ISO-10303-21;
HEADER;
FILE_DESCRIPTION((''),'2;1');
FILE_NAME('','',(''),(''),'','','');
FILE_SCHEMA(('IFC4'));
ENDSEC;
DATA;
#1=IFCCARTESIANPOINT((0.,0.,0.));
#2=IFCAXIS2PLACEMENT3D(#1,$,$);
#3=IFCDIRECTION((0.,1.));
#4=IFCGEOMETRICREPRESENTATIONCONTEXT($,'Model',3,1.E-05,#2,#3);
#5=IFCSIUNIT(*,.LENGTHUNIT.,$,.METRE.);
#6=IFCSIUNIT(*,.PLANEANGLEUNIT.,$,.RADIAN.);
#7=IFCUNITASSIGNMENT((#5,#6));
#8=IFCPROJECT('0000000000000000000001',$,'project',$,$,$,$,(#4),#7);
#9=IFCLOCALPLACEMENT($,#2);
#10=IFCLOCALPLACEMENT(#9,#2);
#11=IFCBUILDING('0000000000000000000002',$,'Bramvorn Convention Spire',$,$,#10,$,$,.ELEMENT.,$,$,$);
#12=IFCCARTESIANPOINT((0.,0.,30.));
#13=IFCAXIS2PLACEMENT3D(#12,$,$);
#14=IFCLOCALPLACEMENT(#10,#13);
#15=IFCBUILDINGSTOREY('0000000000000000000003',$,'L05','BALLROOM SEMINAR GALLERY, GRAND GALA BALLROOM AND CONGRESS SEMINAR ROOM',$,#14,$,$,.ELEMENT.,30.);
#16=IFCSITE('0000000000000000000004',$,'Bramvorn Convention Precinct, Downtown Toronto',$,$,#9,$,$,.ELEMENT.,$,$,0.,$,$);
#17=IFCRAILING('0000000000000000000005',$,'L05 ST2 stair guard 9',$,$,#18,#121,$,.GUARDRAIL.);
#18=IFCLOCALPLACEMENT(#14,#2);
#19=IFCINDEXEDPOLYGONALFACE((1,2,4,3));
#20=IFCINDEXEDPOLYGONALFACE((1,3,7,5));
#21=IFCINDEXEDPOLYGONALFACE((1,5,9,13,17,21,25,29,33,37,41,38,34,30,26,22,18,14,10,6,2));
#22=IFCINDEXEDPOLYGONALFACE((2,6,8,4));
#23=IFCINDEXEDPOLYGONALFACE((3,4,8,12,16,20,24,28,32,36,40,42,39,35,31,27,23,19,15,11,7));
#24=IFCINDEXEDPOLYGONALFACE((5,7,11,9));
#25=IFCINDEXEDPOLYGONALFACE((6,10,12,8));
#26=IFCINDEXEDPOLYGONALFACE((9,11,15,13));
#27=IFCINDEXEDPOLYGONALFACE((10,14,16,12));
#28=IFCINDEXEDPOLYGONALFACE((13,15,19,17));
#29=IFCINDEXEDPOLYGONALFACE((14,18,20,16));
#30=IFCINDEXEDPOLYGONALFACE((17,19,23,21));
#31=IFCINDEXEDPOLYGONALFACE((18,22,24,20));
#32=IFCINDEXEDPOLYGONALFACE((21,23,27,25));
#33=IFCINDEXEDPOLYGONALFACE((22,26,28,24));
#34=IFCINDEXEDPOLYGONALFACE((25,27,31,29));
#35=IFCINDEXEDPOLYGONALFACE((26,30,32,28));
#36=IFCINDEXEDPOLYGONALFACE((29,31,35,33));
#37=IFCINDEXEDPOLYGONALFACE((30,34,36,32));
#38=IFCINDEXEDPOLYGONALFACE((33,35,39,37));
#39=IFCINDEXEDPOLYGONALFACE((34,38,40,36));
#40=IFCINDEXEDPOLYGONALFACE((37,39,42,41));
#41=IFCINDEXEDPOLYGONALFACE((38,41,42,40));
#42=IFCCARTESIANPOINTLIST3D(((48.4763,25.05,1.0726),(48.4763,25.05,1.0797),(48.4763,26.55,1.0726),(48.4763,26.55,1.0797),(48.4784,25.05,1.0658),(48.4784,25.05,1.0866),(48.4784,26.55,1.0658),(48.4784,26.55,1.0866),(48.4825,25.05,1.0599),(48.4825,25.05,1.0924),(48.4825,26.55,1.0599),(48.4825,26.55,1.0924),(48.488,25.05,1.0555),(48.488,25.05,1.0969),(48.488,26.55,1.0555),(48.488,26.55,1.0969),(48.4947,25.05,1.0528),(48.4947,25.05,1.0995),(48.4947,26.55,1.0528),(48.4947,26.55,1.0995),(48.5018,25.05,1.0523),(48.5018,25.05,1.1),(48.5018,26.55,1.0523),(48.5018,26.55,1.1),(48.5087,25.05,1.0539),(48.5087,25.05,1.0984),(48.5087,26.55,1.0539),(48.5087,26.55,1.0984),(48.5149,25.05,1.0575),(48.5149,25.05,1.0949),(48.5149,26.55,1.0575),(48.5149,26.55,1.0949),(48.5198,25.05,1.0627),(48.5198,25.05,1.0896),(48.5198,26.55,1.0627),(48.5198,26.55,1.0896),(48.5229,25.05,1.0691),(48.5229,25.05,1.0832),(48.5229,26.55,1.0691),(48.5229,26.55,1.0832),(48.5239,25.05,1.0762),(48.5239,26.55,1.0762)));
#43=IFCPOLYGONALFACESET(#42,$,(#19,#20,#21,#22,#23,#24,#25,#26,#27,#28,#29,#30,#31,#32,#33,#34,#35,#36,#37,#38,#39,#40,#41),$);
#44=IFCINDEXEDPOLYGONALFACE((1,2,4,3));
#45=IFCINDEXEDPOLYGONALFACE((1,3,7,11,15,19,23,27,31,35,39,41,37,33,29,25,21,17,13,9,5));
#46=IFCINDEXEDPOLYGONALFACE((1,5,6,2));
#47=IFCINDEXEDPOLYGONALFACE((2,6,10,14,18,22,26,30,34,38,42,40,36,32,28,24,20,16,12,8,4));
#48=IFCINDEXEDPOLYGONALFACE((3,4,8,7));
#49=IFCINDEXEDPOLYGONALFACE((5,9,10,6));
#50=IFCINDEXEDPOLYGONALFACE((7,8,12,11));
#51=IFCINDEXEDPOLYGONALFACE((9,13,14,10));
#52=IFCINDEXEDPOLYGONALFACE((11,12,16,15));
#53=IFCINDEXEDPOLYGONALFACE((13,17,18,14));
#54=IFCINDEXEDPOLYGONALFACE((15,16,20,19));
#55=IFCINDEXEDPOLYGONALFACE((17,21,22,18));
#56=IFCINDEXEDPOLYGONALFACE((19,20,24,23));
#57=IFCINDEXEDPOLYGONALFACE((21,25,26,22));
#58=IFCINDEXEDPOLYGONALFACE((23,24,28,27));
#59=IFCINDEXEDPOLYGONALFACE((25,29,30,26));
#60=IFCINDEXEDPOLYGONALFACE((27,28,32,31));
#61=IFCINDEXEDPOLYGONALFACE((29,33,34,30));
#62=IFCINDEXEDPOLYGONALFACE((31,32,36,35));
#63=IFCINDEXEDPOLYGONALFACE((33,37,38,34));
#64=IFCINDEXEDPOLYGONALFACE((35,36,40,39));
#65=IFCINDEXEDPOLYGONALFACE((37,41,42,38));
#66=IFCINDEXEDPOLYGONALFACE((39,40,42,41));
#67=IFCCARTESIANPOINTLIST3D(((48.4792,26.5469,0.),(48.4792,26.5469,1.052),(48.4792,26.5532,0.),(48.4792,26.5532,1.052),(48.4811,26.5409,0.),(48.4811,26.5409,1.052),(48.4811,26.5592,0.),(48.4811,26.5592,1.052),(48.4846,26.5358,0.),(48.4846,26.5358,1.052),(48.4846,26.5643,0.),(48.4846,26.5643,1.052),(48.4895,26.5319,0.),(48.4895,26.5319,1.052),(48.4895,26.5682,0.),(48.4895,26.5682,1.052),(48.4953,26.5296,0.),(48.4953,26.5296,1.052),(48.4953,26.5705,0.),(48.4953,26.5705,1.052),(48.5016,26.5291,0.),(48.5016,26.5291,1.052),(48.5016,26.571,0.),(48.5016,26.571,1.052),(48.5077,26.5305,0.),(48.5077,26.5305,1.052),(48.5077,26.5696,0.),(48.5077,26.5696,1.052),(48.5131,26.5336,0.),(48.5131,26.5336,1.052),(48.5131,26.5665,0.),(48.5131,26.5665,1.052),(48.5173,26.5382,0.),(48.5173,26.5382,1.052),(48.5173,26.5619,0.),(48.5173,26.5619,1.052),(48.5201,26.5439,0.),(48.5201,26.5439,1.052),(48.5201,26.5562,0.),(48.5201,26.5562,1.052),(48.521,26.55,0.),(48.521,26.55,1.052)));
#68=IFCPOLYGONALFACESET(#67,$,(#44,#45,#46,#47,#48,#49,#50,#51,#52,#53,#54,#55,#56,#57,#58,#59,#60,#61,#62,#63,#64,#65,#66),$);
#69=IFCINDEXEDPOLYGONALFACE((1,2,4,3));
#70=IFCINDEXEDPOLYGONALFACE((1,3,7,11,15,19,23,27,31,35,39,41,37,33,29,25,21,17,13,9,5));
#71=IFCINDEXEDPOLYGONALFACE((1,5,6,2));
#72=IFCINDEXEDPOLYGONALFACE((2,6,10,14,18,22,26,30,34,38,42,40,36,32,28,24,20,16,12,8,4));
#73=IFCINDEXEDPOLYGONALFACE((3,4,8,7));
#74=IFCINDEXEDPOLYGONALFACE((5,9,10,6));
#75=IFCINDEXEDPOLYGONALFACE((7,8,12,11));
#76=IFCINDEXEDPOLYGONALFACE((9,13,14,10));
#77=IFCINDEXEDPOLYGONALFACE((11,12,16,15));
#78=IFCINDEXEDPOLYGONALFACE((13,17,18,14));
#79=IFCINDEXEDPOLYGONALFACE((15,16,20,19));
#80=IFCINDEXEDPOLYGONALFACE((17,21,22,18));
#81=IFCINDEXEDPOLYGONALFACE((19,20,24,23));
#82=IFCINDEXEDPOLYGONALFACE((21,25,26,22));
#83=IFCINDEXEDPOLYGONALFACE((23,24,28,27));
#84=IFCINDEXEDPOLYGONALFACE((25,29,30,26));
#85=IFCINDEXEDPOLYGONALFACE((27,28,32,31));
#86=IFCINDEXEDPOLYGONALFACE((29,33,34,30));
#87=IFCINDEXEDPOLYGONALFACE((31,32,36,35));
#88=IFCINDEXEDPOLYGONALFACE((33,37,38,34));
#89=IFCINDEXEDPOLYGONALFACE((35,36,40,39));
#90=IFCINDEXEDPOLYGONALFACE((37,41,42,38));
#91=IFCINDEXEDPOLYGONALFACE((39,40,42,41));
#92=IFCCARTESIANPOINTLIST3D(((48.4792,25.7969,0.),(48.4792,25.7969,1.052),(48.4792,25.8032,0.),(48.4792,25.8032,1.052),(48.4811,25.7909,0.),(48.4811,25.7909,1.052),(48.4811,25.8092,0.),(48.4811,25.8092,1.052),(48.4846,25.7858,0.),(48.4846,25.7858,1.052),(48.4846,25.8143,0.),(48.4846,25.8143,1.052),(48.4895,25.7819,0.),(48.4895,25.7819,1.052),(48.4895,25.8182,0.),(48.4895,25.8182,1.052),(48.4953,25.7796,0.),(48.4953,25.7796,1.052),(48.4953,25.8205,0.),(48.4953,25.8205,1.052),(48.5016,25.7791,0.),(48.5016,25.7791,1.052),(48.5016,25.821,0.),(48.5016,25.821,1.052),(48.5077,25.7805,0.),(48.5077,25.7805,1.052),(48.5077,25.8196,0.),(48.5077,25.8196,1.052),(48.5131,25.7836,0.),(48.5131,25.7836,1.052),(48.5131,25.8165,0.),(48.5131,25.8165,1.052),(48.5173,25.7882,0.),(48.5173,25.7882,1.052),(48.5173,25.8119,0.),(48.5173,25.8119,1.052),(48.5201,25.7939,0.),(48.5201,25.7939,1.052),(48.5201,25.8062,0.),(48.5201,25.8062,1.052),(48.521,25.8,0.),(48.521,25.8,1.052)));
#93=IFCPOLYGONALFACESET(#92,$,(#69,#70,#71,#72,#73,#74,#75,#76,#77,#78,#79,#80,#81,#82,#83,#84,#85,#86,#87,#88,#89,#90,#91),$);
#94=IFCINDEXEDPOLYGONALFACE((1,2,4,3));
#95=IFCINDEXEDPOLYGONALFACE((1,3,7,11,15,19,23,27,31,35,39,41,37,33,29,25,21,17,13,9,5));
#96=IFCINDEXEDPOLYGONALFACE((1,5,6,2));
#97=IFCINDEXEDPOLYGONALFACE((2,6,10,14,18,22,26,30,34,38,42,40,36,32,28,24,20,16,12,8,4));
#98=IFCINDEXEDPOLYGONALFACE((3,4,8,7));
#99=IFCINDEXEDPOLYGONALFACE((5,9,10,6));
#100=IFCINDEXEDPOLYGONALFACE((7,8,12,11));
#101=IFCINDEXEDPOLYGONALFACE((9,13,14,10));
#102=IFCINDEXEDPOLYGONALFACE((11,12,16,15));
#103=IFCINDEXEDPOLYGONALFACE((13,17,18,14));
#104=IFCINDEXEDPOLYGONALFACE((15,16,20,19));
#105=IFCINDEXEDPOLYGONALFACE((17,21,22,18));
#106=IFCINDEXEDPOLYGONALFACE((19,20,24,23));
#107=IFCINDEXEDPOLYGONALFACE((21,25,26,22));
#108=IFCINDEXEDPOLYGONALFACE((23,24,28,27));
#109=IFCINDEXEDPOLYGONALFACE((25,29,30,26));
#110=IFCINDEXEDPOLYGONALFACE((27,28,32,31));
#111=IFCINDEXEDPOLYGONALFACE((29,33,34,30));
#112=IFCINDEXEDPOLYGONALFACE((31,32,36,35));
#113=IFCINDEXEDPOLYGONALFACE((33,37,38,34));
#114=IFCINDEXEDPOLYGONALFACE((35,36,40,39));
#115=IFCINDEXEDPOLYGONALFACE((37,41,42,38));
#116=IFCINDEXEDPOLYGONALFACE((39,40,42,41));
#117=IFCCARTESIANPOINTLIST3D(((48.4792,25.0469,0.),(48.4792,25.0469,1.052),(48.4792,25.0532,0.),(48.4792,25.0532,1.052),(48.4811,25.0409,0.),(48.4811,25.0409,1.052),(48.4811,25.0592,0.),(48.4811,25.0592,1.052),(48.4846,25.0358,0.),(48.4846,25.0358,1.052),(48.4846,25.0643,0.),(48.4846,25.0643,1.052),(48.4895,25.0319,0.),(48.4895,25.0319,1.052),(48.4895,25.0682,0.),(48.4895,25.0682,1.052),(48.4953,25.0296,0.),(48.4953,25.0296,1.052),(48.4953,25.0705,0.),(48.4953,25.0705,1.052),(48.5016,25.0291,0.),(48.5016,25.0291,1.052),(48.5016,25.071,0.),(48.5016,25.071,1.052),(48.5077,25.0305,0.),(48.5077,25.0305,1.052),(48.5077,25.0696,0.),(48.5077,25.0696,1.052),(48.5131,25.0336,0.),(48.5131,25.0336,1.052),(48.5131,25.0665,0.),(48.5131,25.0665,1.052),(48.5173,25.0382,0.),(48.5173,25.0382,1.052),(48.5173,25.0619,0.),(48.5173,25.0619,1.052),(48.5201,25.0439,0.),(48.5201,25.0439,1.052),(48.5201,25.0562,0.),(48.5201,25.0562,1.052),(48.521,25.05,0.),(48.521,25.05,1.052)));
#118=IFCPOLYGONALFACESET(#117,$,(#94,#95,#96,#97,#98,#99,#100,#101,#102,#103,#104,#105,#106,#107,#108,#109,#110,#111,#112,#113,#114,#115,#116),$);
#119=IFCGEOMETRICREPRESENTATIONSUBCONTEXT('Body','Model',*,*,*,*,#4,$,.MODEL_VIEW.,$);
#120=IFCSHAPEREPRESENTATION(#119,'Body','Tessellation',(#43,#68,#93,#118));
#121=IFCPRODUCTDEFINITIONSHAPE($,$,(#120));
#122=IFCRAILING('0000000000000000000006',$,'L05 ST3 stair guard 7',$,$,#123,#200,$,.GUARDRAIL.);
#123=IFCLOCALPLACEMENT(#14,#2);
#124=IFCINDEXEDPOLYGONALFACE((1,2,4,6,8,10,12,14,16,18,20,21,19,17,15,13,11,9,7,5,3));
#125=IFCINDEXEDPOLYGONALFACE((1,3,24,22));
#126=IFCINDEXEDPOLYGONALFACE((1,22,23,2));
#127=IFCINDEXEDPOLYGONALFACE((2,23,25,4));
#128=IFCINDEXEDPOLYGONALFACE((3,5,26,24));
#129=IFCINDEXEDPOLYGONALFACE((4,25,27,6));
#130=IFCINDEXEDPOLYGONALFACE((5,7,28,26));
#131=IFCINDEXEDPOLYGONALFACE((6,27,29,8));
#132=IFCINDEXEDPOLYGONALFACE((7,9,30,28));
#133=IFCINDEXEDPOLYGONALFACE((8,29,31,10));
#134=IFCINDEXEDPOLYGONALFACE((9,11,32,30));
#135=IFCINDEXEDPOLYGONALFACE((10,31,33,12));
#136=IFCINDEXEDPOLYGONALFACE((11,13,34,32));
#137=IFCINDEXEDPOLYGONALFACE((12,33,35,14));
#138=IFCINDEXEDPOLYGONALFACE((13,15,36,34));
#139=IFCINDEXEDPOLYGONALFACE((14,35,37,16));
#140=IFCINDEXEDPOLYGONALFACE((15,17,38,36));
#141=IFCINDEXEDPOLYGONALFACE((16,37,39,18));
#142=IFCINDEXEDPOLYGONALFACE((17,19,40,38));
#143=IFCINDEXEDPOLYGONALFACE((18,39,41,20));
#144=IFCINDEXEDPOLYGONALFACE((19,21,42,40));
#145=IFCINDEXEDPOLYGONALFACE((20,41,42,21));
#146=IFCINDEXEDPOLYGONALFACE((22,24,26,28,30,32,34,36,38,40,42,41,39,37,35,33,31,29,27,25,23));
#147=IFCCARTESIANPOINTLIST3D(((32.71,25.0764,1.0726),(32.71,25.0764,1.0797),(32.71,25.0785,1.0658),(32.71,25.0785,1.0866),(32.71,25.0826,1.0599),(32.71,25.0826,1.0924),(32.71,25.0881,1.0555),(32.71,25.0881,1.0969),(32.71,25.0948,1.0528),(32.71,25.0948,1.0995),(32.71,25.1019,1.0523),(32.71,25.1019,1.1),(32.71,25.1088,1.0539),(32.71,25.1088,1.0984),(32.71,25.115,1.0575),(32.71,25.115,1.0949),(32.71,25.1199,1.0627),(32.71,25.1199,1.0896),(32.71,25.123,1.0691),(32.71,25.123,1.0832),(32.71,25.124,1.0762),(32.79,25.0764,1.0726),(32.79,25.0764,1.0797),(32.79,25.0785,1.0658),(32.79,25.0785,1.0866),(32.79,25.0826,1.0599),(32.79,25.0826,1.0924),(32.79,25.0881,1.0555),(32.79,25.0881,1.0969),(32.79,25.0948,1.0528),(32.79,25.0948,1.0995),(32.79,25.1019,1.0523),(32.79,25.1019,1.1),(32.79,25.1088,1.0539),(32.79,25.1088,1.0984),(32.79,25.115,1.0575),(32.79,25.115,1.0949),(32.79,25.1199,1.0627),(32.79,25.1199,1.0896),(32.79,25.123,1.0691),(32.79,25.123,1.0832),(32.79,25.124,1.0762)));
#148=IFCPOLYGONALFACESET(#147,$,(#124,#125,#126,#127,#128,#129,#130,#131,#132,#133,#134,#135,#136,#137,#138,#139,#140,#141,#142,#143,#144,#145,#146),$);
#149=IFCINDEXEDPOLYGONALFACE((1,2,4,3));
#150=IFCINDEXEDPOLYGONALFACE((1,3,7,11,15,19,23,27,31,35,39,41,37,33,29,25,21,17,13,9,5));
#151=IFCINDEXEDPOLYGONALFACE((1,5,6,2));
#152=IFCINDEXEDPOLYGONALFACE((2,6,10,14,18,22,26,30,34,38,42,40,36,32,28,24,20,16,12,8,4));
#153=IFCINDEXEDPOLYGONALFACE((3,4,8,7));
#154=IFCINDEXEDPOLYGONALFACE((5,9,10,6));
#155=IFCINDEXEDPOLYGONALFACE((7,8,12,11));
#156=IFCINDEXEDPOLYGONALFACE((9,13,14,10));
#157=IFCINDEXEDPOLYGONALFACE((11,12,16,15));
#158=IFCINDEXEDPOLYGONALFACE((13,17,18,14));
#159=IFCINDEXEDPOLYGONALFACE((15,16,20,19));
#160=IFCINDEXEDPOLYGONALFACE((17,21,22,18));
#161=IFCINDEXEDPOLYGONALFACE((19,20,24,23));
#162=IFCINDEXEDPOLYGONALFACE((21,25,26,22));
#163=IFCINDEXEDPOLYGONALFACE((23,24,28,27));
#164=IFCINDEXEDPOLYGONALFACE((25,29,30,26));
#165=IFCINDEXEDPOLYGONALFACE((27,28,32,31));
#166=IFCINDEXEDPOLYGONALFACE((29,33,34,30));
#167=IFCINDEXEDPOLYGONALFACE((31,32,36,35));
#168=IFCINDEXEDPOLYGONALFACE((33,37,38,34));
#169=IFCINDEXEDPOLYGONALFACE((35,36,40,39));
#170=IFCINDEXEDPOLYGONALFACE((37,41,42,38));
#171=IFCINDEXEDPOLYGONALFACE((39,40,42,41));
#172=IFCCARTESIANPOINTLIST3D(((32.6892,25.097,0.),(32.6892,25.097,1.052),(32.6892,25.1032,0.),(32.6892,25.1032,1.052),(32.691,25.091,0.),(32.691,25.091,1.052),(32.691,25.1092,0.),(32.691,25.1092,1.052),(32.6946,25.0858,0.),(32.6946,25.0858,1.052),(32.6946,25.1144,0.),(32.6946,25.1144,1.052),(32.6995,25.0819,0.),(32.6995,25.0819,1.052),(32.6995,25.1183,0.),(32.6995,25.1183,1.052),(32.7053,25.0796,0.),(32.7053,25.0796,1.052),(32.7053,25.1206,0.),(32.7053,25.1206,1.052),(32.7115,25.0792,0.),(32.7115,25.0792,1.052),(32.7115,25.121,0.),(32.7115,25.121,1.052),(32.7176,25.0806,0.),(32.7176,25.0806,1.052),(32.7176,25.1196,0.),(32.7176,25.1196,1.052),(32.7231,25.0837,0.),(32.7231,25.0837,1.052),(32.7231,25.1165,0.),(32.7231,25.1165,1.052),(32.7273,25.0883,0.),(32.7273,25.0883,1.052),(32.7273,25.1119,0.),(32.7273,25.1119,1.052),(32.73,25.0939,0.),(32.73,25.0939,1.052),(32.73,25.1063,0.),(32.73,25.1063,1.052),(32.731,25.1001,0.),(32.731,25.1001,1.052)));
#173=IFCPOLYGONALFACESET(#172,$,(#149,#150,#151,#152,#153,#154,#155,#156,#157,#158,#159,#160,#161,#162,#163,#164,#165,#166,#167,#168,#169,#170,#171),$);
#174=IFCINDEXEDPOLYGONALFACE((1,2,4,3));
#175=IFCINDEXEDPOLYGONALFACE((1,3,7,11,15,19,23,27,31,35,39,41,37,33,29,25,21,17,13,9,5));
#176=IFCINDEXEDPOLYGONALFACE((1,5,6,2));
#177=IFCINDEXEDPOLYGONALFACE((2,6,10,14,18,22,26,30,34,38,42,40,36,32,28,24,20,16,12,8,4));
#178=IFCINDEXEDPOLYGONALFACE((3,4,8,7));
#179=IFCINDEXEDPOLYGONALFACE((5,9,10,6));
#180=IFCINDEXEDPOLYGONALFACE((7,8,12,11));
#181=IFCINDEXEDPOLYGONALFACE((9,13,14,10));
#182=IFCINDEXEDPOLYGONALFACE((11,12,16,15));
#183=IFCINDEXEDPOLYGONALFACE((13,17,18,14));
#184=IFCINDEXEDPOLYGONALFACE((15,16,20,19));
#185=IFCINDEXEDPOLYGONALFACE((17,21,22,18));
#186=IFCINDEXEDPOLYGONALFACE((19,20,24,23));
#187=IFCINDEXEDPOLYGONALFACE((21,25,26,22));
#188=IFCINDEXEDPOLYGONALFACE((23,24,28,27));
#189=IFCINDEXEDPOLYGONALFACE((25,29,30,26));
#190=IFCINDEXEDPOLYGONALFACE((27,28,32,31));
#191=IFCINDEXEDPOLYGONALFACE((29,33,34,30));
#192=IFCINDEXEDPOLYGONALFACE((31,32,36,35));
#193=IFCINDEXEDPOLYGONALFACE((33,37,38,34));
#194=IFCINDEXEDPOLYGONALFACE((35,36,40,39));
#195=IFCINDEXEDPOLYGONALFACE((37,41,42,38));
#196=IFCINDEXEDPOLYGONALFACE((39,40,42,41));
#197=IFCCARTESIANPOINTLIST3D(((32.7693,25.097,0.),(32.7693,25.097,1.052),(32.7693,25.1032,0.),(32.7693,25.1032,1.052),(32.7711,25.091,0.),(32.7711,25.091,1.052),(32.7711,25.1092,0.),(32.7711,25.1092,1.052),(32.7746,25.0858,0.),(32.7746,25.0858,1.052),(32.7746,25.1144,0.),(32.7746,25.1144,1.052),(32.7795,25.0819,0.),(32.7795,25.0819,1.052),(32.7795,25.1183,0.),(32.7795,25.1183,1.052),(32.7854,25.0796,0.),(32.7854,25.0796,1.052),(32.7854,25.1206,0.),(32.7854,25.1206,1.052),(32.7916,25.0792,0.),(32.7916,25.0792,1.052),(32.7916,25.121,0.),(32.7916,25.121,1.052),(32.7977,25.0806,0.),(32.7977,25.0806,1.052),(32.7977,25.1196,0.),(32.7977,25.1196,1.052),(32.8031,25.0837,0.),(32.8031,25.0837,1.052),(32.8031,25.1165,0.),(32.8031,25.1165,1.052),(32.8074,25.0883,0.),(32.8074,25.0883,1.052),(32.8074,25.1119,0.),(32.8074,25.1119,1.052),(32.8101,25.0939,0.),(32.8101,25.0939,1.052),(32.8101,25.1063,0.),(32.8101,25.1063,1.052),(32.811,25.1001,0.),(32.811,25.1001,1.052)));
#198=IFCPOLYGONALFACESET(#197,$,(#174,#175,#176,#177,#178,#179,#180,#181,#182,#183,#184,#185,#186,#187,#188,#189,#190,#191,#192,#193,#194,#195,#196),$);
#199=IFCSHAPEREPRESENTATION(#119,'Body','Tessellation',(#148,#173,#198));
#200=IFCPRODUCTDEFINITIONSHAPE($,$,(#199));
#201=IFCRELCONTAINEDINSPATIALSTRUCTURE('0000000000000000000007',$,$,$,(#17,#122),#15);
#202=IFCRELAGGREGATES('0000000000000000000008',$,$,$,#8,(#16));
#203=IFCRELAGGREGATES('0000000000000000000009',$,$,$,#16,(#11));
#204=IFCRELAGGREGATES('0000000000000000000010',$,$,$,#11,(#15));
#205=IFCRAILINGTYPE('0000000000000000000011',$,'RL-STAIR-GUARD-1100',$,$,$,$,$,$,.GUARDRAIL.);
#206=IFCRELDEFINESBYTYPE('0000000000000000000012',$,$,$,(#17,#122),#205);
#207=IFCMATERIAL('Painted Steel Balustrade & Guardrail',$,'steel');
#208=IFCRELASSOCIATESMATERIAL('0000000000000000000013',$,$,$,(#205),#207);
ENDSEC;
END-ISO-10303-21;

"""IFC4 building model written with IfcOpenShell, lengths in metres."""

from ifc_helpers import new_model, si_unit, direction, frame, origin, origin_2d, place, context, subcontext, project, spatial, circle, extrude, material, type_object, element, save


model = new_model("IFC4")

# Units and contexts
model_context = context("Model", 3, precision=1e-05, world=origin(), true_north=direction((0.0, 1.0)))
body_context = subcontext(model_context, "Body", "Model", "MODEL_VIEW")
ifc_project = project(units=[si_unit("LENGTHUNIT", "METRE"), si_unit("PLANEANGLEUNIT", "RADIAN")], contexts=[model_context])

# Site, building, storey
site_placement = place(None, origin())
site = spatial("IfcSite", under=ifc_project, at=site_placement, Name="Bramvorn Convention Precinct, Downtown Toronto", CompositionType="ELEMENT", RefElevation=0.0)
building_placement = place(site_placement, origin())
building = spatial("IfcBuilding", under=site, at=building_placement, Name="Bramvorn Convention Spire", CompositionType="ELEMENT")
storey_placement = place(building_placement, frame((0.0, 0.0, 30.0)))
storey = spatial("IfcBuildingStorey", under=building, at=storey_placement, Name="L05", Description="BALLROOM SEMINAR GALLERY, GRAND GALA BALLROOM AND CONGRESS SEMINAR ROOM", CompositionType="ELEMENT", Elevation=30.0)

# Railings
ifc_material_1 = material(Name="Painted Steel Balustrade & Guardrail", Category="steel")
railing_type_1 = type_object("IfcRailingType", Name="RL-STAIR-GUARD-1100", PredefinedType="GUARDRAIL", material=ifc_material_1)
for number, where, name in (
    (1, (48.5, 26.55, 0.0), "L05 ST2 stair guard 9"),
):
    element("IfcRailing", number, at=place(storey_placement, frame(where)), inside=storey, type_object=railing_type_1, Name=name, PredefinedType="GUARDRAIL", context=body_context, shape_type="SweptSolid", body=[
        extrude(circle(Radius=0.0239, at=origin_2d()), frame((0.0, 0.0, 1.0762), z_axis=(0.0, -1.0, 0.0), x_axis=(1.0, 0.0, 0.0)), (0.0, 0.0, 1.0), 1.5),
        extrude(circle(Radius=0.021, at=origin_2d()), origin(), (0.0, 0.0, 1.0), 1.052),
        extrude(circle(Radius=0.021, at=origin_2d()), frame((0.0, -0.75, 0.0)), (0.0, 0.0, 1.0), 1.052),
        extrude(circle(Radius=0.021, at=origin_2d()), frame((0.0, -1.5, 0.0)), (0.0, 0.0, 1.0), 1.052),
    ])
railing_1_placement = place(storey_placement, frame((32.71, 25.1001, 0.0)))
element("IfcRailing", 2, at=railing_1_placement, inside=storey, type_object=railing_type_1, Name="L05 ST3 stair guard 7", PredefinedType="GUARDRAIL", context=body_context, shape_type="SweptSolid", body=[
    extrude(circle(Radius=0.0239, at=origin_2d()), frame((0.0, 0.0, 1.0762), z_axis=(1.0, 0.0, 0.0), x_axis=(0.0, 1.0, 0.0)), (0.0, 0.0, 1.0), 0.0801),
    extrude(circle(Radius=0.021, at=origin_2d()), origin(), (0.0, 0.0, 1.0), 1.052),
    extrude(circle(Radius=0.021, at=origin_2d()), frame((0.0801, 0.0, 0.0)), (0.0, 0.0, 1.0), 1.052),
])

save(model, "model.ifc")
